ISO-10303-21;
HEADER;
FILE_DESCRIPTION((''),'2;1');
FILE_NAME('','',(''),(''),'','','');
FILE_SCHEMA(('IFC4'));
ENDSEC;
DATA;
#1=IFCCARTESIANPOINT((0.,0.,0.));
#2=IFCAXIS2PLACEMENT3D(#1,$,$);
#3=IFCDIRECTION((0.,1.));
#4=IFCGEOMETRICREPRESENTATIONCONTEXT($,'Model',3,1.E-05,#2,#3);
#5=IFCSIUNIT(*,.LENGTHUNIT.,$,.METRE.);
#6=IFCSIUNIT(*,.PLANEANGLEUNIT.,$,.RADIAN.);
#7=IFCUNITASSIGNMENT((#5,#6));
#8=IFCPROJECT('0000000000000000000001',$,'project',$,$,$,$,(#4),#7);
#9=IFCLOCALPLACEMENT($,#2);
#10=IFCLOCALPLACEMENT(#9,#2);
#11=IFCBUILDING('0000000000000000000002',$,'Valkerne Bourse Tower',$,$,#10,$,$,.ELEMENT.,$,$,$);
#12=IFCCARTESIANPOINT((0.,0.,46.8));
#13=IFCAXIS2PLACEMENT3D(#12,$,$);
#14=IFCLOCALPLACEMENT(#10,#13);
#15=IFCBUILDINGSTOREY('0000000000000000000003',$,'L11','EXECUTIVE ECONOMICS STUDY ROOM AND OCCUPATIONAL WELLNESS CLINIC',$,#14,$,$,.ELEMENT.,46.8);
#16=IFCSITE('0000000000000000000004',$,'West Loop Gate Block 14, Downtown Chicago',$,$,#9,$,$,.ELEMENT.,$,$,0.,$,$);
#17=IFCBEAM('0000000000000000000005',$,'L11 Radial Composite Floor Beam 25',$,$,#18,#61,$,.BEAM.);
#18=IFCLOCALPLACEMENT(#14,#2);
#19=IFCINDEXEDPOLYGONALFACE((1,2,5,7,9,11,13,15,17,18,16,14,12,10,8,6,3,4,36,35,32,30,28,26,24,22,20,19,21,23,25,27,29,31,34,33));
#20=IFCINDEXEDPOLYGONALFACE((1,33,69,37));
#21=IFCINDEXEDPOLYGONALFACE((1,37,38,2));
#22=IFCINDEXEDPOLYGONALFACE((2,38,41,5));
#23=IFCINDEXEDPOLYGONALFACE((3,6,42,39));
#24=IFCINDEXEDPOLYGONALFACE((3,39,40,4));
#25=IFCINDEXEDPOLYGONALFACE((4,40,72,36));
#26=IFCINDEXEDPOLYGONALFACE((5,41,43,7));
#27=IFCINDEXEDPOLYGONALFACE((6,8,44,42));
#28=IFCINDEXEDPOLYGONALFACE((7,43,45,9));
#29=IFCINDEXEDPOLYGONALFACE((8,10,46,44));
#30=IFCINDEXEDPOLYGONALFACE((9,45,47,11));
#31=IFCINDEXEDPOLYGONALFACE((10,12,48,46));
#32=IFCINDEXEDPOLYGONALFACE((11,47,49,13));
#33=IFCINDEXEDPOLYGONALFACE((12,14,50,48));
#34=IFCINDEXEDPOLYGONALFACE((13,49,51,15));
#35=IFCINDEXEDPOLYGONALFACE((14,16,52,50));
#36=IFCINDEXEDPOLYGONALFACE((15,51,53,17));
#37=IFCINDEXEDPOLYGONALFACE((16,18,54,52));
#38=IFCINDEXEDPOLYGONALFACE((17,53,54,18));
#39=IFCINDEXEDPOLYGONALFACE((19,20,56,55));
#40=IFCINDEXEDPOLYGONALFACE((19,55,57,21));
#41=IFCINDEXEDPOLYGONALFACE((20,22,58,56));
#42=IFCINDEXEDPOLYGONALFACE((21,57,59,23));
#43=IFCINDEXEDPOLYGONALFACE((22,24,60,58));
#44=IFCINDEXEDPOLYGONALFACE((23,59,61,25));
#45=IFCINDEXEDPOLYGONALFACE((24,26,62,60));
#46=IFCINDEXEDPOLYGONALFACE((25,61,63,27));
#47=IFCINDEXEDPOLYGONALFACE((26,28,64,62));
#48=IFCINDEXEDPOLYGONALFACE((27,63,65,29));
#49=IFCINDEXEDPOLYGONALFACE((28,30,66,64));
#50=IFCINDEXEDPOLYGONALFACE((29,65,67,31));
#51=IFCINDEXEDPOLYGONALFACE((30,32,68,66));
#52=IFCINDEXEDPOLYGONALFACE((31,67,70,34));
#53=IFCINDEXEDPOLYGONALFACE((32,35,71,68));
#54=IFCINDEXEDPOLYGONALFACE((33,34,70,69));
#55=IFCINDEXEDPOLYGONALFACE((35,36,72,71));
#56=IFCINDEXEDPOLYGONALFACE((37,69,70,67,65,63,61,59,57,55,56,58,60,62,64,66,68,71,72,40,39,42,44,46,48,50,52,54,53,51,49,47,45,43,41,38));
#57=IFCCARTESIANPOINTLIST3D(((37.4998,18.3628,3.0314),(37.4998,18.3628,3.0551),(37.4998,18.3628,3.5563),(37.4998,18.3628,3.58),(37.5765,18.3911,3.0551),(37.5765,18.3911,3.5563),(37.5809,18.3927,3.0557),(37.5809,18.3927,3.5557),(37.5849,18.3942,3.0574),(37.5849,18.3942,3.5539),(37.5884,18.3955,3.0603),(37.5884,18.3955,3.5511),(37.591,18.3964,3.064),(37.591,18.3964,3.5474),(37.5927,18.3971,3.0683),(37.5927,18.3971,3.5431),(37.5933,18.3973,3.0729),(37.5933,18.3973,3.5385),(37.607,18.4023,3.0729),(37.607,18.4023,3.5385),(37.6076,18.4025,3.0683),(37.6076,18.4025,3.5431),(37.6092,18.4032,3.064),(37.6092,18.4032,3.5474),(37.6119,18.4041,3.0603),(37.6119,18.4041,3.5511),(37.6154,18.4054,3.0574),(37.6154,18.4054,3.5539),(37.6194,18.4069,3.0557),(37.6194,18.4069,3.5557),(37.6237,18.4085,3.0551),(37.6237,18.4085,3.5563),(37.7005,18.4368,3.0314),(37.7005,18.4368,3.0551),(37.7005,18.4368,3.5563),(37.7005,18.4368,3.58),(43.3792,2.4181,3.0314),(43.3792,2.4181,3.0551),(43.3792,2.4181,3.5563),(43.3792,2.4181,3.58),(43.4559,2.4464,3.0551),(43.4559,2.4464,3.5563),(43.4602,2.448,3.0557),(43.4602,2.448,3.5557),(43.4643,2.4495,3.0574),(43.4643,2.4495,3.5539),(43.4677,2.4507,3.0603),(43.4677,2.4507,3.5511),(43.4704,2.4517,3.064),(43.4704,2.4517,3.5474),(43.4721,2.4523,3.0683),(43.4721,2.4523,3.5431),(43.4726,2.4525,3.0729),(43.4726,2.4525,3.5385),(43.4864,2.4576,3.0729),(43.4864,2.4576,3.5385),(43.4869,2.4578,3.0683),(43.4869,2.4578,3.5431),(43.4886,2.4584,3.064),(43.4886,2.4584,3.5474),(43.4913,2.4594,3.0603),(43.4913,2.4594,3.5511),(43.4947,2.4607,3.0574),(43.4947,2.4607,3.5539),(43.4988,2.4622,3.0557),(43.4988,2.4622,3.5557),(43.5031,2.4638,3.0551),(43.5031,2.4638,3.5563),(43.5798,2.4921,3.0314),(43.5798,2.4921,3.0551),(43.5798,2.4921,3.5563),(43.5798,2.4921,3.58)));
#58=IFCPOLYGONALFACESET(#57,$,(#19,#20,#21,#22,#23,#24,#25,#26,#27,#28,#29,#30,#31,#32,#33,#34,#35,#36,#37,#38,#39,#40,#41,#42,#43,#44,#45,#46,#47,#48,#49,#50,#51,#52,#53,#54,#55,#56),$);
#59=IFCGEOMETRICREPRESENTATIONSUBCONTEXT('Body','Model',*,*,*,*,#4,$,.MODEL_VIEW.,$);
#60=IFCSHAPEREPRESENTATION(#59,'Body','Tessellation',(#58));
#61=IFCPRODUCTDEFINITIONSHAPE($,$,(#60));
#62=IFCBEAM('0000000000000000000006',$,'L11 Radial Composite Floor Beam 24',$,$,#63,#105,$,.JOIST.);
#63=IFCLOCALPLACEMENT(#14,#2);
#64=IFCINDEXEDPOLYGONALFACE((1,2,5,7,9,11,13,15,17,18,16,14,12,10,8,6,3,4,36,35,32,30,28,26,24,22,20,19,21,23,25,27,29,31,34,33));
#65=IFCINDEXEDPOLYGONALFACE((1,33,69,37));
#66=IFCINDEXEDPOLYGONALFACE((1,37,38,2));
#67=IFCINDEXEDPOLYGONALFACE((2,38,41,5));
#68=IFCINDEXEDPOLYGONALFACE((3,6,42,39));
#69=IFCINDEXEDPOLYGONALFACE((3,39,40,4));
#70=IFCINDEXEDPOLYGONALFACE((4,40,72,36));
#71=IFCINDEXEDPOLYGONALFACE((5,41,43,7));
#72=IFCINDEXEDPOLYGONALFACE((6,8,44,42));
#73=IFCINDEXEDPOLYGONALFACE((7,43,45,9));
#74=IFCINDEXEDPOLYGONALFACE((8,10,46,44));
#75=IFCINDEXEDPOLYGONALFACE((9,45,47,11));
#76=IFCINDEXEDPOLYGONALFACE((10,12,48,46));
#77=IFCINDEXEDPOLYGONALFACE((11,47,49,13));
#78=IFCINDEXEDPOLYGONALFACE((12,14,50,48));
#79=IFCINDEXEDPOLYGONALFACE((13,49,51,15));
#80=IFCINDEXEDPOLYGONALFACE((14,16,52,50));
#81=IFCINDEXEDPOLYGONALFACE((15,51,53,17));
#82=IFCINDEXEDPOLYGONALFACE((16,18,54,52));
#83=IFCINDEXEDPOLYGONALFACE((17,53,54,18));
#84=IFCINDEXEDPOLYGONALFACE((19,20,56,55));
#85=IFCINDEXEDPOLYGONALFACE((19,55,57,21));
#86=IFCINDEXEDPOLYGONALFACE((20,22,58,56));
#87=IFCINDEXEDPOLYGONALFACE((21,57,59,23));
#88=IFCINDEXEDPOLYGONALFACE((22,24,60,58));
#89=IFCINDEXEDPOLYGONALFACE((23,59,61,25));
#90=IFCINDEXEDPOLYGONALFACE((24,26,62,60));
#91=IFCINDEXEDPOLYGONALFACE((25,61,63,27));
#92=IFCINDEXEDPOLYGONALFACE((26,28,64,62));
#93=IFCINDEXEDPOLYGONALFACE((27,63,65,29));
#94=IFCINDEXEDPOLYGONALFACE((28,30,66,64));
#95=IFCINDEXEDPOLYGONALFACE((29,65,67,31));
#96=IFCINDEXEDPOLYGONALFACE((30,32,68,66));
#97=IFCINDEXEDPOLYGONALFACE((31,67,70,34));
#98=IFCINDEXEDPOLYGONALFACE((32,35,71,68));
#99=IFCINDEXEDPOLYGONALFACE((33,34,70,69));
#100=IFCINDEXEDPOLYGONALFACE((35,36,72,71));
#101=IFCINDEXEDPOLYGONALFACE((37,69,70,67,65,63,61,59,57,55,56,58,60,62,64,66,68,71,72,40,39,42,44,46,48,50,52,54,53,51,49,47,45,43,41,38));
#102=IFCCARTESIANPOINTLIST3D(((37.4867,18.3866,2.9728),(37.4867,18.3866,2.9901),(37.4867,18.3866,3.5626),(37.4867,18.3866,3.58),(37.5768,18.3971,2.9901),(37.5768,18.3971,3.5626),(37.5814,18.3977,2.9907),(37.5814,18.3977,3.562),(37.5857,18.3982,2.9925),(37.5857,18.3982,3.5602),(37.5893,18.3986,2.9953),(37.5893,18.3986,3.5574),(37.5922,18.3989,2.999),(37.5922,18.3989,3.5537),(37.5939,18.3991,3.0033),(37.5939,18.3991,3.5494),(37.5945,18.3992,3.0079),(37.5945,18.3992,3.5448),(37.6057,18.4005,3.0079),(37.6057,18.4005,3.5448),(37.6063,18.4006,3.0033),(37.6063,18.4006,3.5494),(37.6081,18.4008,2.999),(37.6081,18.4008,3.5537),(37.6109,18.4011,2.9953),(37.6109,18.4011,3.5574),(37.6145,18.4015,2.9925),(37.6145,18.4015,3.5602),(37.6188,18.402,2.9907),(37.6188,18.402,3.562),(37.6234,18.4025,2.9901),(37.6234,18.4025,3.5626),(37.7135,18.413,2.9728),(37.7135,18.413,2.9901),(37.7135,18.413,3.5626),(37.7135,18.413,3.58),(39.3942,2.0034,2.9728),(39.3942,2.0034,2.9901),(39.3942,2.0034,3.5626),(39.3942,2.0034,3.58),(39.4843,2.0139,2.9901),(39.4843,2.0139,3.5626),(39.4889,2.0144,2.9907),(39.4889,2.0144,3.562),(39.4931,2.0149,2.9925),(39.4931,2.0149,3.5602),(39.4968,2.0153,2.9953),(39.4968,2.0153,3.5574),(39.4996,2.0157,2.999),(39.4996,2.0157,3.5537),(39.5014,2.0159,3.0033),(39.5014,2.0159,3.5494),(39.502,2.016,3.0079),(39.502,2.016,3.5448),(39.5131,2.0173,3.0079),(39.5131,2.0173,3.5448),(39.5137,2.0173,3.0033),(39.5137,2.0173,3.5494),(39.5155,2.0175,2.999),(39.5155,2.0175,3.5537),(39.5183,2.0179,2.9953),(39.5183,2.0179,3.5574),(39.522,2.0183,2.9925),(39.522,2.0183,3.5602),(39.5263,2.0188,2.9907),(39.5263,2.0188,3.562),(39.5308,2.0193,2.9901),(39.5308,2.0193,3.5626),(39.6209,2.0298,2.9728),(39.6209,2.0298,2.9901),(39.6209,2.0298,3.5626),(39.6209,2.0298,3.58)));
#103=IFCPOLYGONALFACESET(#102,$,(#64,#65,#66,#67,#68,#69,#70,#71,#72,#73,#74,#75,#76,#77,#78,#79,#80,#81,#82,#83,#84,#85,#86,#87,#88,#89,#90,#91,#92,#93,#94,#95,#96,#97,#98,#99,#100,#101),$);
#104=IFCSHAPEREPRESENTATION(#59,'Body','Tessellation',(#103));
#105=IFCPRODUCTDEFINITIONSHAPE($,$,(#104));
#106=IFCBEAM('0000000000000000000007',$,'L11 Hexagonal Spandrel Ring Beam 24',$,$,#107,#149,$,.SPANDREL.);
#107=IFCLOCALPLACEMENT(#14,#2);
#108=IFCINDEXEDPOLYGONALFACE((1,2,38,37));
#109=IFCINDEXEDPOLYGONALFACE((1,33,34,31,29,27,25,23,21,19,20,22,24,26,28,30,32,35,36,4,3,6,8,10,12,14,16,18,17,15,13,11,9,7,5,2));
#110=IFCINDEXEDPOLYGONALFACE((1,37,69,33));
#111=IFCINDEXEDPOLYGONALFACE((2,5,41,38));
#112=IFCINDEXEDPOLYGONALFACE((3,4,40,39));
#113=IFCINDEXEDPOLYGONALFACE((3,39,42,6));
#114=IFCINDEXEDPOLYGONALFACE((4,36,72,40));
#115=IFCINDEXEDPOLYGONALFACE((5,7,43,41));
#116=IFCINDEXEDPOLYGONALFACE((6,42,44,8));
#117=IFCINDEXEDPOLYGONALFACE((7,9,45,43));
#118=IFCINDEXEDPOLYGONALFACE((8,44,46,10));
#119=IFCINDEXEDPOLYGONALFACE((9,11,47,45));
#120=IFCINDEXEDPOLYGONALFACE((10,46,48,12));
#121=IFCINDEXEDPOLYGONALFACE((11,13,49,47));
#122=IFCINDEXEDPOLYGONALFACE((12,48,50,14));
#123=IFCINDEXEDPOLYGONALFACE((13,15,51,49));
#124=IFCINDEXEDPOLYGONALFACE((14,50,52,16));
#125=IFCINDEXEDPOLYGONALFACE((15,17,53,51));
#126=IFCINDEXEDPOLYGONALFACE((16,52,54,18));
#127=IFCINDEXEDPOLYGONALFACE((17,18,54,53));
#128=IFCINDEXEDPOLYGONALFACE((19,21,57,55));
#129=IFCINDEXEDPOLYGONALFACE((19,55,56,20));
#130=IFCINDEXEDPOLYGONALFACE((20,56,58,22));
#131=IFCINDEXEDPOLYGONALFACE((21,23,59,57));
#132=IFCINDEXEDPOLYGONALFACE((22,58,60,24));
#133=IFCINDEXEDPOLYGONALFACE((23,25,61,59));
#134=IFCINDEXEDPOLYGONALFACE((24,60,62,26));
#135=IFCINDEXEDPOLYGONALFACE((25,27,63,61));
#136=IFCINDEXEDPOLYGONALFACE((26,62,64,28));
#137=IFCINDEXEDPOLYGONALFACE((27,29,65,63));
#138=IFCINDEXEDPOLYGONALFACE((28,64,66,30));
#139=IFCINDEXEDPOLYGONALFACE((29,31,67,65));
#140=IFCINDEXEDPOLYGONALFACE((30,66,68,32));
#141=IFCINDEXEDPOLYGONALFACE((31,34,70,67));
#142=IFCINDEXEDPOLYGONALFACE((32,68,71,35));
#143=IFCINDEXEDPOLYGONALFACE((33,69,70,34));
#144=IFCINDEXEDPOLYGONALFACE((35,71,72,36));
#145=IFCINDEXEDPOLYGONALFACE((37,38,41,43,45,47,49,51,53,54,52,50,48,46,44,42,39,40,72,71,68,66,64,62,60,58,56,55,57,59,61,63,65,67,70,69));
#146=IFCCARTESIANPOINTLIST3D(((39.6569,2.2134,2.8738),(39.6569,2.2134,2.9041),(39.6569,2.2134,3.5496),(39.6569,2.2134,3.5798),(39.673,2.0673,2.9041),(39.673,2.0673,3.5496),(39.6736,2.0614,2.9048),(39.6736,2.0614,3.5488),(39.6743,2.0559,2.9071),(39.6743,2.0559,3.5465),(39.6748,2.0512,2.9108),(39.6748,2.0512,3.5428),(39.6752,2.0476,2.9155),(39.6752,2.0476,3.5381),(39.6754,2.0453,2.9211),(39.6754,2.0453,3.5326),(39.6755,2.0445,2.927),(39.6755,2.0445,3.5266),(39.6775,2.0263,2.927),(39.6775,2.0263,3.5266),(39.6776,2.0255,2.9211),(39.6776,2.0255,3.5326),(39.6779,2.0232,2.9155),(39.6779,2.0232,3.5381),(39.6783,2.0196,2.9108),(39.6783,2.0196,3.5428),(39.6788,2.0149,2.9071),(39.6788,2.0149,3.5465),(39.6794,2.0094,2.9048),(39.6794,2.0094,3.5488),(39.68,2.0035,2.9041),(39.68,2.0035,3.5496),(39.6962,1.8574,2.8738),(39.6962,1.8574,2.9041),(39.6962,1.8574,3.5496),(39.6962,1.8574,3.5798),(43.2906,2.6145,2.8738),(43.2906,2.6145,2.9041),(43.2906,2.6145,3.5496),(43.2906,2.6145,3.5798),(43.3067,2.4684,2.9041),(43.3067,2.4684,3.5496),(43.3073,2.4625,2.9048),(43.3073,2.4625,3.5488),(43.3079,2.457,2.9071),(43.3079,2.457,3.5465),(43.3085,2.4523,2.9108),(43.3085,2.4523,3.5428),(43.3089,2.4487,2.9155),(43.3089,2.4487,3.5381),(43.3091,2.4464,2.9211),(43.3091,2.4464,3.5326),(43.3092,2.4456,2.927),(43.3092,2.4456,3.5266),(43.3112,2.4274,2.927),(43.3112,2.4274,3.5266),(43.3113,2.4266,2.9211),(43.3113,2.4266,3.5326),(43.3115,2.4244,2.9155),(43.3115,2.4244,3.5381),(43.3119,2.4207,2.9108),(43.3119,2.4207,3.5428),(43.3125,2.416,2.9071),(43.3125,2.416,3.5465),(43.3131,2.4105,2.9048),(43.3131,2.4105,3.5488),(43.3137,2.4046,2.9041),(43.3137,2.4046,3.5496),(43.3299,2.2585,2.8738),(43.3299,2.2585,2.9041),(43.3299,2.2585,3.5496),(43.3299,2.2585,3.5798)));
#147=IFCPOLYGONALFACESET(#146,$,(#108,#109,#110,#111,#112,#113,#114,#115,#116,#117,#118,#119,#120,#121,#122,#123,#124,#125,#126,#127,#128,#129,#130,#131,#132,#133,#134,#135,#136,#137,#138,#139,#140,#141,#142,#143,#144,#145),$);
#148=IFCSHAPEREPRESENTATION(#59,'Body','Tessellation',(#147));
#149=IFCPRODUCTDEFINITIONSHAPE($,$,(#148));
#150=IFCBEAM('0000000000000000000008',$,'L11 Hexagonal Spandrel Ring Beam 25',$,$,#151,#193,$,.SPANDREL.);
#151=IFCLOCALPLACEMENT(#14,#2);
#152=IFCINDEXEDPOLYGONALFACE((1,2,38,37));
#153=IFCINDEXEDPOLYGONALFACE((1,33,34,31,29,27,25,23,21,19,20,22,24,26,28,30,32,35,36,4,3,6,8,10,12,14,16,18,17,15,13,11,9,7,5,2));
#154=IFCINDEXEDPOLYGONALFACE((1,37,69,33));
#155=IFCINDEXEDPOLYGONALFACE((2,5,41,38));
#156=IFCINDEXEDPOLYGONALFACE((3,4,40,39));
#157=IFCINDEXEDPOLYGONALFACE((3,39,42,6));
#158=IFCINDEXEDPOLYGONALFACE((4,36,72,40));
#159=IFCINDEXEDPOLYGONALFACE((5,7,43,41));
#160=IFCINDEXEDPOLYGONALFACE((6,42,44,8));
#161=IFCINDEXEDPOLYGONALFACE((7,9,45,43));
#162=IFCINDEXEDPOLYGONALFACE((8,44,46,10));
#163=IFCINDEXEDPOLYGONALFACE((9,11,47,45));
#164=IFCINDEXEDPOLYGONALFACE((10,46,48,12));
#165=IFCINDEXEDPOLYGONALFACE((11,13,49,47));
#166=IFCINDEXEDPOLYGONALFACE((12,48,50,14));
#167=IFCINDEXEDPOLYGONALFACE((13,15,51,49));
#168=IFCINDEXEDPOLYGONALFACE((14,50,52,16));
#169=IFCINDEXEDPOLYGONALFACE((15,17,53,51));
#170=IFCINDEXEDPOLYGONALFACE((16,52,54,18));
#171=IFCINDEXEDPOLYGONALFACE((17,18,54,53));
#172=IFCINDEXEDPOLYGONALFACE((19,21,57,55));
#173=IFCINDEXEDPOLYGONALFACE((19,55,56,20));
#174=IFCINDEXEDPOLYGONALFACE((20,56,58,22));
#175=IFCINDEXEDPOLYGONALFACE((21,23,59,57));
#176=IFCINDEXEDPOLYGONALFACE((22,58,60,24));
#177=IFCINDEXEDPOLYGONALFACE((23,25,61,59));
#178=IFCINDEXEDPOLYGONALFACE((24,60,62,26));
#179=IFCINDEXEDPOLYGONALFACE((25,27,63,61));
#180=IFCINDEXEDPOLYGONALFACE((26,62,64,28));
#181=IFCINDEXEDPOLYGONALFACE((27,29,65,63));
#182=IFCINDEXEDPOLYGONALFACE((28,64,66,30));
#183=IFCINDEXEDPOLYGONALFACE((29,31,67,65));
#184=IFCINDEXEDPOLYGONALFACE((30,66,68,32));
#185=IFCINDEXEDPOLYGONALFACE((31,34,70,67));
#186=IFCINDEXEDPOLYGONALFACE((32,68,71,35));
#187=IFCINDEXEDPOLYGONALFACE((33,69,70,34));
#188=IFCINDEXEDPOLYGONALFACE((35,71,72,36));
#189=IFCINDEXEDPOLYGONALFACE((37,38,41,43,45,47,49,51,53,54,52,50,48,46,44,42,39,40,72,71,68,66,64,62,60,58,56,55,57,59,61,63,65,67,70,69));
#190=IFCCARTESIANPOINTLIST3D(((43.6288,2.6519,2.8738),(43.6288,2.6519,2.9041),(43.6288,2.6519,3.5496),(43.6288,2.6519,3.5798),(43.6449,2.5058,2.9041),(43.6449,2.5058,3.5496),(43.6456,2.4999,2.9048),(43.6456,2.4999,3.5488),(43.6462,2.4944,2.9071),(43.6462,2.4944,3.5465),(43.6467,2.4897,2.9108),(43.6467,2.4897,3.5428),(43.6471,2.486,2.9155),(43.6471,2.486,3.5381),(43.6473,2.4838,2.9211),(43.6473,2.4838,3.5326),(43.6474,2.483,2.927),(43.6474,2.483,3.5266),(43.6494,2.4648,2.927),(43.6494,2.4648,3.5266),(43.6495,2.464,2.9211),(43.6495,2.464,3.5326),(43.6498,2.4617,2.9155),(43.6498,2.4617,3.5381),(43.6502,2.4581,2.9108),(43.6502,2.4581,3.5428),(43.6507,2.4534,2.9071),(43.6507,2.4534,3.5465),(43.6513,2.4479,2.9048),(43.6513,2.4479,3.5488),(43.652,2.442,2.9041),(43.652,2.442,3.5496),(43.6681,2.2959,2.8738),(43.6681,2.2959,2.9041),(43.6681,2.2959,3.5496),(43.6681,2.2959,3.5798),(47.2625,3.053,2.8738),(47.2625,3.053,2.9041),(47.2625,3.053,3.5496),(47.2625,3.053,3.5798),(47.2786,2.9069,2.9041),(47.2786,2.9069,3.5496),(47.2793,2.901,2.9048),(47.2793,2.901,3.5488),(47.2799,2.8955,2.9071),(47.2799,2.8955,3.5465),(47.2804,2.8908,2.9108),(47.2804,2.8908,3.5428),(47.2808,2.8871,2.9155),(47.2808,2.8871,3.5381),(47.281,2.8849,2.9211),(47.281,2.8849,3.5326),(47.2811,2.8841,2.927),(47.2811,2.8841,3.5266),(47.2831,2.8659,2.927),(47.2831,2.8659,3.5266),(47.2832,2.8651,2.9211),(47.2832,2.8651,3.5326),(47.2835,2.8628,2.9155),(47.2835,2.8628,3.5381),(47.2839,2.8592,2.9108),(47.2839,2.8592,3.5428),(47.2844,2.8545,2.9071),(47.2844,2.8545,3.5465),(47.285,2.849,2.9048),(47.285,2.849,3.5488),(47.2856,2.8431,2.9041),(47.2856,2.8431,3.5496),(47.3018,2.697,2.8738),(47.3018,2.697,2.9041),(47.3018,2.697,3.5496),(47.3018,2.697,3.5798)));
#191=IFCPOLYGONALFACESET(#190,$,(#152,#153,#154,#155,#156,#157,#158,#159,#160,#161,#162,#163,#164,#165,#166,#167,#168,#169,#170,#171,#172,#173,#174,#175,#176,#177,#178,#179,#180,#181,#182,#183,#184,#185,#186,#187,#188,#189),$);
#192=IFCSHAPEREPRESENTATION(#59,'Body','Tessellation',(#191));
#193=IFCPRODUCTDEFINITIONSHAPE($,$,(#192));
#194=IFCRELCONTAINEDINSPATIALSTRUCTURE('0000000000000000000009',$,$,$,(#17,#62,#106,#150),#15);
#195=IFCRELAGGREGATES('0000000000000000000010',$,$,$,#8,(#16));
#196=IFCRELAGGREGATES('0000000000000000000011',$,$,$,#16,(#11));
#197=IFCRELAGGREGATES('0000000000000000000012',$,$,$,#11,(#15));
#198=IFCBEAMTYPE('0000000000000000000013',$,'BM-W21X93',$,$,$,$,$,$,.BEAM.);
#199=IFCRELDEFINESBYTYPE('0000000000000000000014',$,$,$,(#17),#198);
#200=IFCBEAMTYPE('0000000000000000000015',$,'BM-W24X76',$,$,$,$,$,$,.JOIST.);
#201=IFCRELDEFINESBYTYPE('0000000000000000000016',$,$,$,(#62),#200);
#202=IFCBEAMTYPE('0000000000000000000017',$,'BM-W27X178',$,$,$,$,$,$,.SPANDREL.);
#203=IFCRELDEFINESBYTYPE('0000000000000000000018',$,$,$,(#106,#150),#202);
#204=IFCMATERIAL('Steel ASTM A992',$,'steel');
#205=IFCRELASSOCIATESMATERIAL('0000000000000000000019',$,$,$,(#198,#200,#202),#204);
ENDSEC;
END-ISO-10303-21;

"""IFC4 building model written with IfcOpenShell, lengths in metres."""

from ifc_helpers import new_model, si_unit, direction, frame, origin, origin_2d, place, context, subcontext, project, spatial, i_section, extrude, material, material_profile, profile_set, type_object, element, save


model = new_model("IFC4")

# Units and contexts
model_context = context("Model", 3, precision=1e-05, world=origin(), true_north=direction((0.0, 1.0)))
body_context = subcontext(model_context, "Body", "Model", "MODEL_VIEW")
ifc_project = project(units=[si_unit("LENGTHUNIT", "METRE"), si_unit("PLANEANGLEUNIT", "RADIAN")], contexts=[model_context])

# Site, building, storey
site_placement = place(None, origin())
site = spatial("IfcSite", under=ifc_project, at=site_placement, Name="West Loop Gate Block 14, Downtown Chicago", CompositionType="ELEMENT", RefElevation=0.0)
building_placement = place(site_placement, origin())
building = spatial("IfcBuilding", under=site, at=building_placement, Name="Valkerne Bourse Tower", CompositionType="ELEMENT")
storey_placement = place(building_placement, frame((0.0, 0.0, 46.8)))
storey = spatial("IfcBuildingStorey", under=building, at=storey_placement, Name="L11", Description="EXECUTIVE ECONOMICS STUDY ROOM AND OCCUPATIONAL WELLNESS CLINIC", CompositionType="ELEMENT", Elevation=46.8)

# Beams
ifc_material_1 = material(Name="Steel ASTM A992", Category="steel")
ifc_material_profile_1 = material_profile(ifc_material_1, i_section(OverallWidth=0.2139, OverallDepth=0.5486, WebThickness=0.0146, FlangeThickness=0.0237, FilletRadius=0.0178, at=origin_2d()), Name="W21X93")
ifc_profile_set_1 = profile_set([ifc_material_profile_1], Name="Steel ASTM A992")
beam_type_1 = type_object("IfcBeamType", Name="BM-W21X93", PredefinedType="BEAM", material=ifc_profile_set_1)
beam_1_placement = place(storey_placement, frame((43.4795, 2.4551, 3.3057), z_axis=(-0.345964, 0.938248, 0.0), x_axis=(-0.938248, -0.345964, 0.0)))
element("IfcBeam", 1, at=beam_1_placement, inside=storey, type_object=beam_type_1, Name="L11 Radial Composite Floor Beam 25", PredefinedType="BEAM", context=body_context, shape_type="SweptSolid", body=[
    extrude(i_section(OverallWidth=0.2139, OverallDepth=0.5486, WebThickness=0.0146, FlangeThickness=0.0237, FilletRadius=0.0178, at=origin_2d()), origin(), (0.0, 0.0, 1.0), 16.9941),
])
ifc_material_profile_2 = material_profile(ifc_material_1, i_section(OverallWidth=0.2283, OverallDepth=0.6072, WebThickness=0.0112, FlangeThickness=0.0173, FilletRadius=0.0178, at=origin_2d()), Name="W24X76")
ifc_profile_set_2 = profile_set([ifc_material_profile_2], Name="Steel ASTM A992")
beam_type_2 = type_object("IfcBeamType", Name="BM-W24X76", PredefinedType="JOIST", material=ifc_profile_set_2)
beam_2_placement = place(storey_placement, frame((39.5076, 2.0166, 3.2764), z_axis=(-0.115647, 0.99329, 0.0), x_axis=(-0.99329, -0.115647, 0.0)))
element("IfcBeam", 2, at=beam_2_placement, inside=storey, type_object=beam_type_2, Name="L11 Radial Composite Floor Beam 24", PredefinedType="JOIST", context=body_context, shape_type="SweptSolid", body=[
    extrude(i_section(OverallWidth=0.2283, OverallDepth=0.6072, WebThickness=0.0112, FlangeThickness=0.0173, FilletRadius=0.0178, at=origin_2d()), origin(), (0.0, 0.0, 1.0), 16.4939),
])
ifc_material_profile_3 = material_profile(ifc_material_1, i_section(OverallWidth=0.3582, OverallDepth=0.7061, WebThickness=0.0183, FlangeThickness=0.0303, FilletRadius=0.0229, at=origin_2d()), Name="W27X178")
ifc_profile_set_3 = profile_set([ifc_material_profile_3], Name="Steel ASTM A992")
beam_type_3 = type_object("IfcBeamType", Name="BM-W27X178", PredefinedType="SPANDREL", material=ifc_profile_set_3)
for number, where, z_axis, x_axis, name in (
    (3, (39.6765, 2.0354, 3.2268), (0.993962, 0.109721, 0.0), (-0.109721, 0.993962, 0.0), "L11 Hexagonal Spandrel Ring Beam 24"),
    (4, (43.6484, 2.4739, 3.2268), (0.993962, 0.109721, 0.0), (-0.109721, 0.993962, 0.0), "L11 Hexagonal Spandrel Ring Beam 25"),
):
    element("IfcBeam", number, at=place(storey_placement, frame(where, z_axis=z_axis, x_axis=x_axis)), inside=storey, type_object=beam_type_3, Name=name, PredefinedType="SPANDREL", context=body_context, shape_type="SweptSolid", body=[
        extrude(i_section(OverallWidth=0.3582, OverallDepth=0.7061, WebThickness=0.0183, FlangeThickness=0.0303, FilletRadius=0.0229, at=origin_2d()), origin(), (0.0, 0.0, 1.0), 3.6558),
    ])

save(model, "model.ifc")
